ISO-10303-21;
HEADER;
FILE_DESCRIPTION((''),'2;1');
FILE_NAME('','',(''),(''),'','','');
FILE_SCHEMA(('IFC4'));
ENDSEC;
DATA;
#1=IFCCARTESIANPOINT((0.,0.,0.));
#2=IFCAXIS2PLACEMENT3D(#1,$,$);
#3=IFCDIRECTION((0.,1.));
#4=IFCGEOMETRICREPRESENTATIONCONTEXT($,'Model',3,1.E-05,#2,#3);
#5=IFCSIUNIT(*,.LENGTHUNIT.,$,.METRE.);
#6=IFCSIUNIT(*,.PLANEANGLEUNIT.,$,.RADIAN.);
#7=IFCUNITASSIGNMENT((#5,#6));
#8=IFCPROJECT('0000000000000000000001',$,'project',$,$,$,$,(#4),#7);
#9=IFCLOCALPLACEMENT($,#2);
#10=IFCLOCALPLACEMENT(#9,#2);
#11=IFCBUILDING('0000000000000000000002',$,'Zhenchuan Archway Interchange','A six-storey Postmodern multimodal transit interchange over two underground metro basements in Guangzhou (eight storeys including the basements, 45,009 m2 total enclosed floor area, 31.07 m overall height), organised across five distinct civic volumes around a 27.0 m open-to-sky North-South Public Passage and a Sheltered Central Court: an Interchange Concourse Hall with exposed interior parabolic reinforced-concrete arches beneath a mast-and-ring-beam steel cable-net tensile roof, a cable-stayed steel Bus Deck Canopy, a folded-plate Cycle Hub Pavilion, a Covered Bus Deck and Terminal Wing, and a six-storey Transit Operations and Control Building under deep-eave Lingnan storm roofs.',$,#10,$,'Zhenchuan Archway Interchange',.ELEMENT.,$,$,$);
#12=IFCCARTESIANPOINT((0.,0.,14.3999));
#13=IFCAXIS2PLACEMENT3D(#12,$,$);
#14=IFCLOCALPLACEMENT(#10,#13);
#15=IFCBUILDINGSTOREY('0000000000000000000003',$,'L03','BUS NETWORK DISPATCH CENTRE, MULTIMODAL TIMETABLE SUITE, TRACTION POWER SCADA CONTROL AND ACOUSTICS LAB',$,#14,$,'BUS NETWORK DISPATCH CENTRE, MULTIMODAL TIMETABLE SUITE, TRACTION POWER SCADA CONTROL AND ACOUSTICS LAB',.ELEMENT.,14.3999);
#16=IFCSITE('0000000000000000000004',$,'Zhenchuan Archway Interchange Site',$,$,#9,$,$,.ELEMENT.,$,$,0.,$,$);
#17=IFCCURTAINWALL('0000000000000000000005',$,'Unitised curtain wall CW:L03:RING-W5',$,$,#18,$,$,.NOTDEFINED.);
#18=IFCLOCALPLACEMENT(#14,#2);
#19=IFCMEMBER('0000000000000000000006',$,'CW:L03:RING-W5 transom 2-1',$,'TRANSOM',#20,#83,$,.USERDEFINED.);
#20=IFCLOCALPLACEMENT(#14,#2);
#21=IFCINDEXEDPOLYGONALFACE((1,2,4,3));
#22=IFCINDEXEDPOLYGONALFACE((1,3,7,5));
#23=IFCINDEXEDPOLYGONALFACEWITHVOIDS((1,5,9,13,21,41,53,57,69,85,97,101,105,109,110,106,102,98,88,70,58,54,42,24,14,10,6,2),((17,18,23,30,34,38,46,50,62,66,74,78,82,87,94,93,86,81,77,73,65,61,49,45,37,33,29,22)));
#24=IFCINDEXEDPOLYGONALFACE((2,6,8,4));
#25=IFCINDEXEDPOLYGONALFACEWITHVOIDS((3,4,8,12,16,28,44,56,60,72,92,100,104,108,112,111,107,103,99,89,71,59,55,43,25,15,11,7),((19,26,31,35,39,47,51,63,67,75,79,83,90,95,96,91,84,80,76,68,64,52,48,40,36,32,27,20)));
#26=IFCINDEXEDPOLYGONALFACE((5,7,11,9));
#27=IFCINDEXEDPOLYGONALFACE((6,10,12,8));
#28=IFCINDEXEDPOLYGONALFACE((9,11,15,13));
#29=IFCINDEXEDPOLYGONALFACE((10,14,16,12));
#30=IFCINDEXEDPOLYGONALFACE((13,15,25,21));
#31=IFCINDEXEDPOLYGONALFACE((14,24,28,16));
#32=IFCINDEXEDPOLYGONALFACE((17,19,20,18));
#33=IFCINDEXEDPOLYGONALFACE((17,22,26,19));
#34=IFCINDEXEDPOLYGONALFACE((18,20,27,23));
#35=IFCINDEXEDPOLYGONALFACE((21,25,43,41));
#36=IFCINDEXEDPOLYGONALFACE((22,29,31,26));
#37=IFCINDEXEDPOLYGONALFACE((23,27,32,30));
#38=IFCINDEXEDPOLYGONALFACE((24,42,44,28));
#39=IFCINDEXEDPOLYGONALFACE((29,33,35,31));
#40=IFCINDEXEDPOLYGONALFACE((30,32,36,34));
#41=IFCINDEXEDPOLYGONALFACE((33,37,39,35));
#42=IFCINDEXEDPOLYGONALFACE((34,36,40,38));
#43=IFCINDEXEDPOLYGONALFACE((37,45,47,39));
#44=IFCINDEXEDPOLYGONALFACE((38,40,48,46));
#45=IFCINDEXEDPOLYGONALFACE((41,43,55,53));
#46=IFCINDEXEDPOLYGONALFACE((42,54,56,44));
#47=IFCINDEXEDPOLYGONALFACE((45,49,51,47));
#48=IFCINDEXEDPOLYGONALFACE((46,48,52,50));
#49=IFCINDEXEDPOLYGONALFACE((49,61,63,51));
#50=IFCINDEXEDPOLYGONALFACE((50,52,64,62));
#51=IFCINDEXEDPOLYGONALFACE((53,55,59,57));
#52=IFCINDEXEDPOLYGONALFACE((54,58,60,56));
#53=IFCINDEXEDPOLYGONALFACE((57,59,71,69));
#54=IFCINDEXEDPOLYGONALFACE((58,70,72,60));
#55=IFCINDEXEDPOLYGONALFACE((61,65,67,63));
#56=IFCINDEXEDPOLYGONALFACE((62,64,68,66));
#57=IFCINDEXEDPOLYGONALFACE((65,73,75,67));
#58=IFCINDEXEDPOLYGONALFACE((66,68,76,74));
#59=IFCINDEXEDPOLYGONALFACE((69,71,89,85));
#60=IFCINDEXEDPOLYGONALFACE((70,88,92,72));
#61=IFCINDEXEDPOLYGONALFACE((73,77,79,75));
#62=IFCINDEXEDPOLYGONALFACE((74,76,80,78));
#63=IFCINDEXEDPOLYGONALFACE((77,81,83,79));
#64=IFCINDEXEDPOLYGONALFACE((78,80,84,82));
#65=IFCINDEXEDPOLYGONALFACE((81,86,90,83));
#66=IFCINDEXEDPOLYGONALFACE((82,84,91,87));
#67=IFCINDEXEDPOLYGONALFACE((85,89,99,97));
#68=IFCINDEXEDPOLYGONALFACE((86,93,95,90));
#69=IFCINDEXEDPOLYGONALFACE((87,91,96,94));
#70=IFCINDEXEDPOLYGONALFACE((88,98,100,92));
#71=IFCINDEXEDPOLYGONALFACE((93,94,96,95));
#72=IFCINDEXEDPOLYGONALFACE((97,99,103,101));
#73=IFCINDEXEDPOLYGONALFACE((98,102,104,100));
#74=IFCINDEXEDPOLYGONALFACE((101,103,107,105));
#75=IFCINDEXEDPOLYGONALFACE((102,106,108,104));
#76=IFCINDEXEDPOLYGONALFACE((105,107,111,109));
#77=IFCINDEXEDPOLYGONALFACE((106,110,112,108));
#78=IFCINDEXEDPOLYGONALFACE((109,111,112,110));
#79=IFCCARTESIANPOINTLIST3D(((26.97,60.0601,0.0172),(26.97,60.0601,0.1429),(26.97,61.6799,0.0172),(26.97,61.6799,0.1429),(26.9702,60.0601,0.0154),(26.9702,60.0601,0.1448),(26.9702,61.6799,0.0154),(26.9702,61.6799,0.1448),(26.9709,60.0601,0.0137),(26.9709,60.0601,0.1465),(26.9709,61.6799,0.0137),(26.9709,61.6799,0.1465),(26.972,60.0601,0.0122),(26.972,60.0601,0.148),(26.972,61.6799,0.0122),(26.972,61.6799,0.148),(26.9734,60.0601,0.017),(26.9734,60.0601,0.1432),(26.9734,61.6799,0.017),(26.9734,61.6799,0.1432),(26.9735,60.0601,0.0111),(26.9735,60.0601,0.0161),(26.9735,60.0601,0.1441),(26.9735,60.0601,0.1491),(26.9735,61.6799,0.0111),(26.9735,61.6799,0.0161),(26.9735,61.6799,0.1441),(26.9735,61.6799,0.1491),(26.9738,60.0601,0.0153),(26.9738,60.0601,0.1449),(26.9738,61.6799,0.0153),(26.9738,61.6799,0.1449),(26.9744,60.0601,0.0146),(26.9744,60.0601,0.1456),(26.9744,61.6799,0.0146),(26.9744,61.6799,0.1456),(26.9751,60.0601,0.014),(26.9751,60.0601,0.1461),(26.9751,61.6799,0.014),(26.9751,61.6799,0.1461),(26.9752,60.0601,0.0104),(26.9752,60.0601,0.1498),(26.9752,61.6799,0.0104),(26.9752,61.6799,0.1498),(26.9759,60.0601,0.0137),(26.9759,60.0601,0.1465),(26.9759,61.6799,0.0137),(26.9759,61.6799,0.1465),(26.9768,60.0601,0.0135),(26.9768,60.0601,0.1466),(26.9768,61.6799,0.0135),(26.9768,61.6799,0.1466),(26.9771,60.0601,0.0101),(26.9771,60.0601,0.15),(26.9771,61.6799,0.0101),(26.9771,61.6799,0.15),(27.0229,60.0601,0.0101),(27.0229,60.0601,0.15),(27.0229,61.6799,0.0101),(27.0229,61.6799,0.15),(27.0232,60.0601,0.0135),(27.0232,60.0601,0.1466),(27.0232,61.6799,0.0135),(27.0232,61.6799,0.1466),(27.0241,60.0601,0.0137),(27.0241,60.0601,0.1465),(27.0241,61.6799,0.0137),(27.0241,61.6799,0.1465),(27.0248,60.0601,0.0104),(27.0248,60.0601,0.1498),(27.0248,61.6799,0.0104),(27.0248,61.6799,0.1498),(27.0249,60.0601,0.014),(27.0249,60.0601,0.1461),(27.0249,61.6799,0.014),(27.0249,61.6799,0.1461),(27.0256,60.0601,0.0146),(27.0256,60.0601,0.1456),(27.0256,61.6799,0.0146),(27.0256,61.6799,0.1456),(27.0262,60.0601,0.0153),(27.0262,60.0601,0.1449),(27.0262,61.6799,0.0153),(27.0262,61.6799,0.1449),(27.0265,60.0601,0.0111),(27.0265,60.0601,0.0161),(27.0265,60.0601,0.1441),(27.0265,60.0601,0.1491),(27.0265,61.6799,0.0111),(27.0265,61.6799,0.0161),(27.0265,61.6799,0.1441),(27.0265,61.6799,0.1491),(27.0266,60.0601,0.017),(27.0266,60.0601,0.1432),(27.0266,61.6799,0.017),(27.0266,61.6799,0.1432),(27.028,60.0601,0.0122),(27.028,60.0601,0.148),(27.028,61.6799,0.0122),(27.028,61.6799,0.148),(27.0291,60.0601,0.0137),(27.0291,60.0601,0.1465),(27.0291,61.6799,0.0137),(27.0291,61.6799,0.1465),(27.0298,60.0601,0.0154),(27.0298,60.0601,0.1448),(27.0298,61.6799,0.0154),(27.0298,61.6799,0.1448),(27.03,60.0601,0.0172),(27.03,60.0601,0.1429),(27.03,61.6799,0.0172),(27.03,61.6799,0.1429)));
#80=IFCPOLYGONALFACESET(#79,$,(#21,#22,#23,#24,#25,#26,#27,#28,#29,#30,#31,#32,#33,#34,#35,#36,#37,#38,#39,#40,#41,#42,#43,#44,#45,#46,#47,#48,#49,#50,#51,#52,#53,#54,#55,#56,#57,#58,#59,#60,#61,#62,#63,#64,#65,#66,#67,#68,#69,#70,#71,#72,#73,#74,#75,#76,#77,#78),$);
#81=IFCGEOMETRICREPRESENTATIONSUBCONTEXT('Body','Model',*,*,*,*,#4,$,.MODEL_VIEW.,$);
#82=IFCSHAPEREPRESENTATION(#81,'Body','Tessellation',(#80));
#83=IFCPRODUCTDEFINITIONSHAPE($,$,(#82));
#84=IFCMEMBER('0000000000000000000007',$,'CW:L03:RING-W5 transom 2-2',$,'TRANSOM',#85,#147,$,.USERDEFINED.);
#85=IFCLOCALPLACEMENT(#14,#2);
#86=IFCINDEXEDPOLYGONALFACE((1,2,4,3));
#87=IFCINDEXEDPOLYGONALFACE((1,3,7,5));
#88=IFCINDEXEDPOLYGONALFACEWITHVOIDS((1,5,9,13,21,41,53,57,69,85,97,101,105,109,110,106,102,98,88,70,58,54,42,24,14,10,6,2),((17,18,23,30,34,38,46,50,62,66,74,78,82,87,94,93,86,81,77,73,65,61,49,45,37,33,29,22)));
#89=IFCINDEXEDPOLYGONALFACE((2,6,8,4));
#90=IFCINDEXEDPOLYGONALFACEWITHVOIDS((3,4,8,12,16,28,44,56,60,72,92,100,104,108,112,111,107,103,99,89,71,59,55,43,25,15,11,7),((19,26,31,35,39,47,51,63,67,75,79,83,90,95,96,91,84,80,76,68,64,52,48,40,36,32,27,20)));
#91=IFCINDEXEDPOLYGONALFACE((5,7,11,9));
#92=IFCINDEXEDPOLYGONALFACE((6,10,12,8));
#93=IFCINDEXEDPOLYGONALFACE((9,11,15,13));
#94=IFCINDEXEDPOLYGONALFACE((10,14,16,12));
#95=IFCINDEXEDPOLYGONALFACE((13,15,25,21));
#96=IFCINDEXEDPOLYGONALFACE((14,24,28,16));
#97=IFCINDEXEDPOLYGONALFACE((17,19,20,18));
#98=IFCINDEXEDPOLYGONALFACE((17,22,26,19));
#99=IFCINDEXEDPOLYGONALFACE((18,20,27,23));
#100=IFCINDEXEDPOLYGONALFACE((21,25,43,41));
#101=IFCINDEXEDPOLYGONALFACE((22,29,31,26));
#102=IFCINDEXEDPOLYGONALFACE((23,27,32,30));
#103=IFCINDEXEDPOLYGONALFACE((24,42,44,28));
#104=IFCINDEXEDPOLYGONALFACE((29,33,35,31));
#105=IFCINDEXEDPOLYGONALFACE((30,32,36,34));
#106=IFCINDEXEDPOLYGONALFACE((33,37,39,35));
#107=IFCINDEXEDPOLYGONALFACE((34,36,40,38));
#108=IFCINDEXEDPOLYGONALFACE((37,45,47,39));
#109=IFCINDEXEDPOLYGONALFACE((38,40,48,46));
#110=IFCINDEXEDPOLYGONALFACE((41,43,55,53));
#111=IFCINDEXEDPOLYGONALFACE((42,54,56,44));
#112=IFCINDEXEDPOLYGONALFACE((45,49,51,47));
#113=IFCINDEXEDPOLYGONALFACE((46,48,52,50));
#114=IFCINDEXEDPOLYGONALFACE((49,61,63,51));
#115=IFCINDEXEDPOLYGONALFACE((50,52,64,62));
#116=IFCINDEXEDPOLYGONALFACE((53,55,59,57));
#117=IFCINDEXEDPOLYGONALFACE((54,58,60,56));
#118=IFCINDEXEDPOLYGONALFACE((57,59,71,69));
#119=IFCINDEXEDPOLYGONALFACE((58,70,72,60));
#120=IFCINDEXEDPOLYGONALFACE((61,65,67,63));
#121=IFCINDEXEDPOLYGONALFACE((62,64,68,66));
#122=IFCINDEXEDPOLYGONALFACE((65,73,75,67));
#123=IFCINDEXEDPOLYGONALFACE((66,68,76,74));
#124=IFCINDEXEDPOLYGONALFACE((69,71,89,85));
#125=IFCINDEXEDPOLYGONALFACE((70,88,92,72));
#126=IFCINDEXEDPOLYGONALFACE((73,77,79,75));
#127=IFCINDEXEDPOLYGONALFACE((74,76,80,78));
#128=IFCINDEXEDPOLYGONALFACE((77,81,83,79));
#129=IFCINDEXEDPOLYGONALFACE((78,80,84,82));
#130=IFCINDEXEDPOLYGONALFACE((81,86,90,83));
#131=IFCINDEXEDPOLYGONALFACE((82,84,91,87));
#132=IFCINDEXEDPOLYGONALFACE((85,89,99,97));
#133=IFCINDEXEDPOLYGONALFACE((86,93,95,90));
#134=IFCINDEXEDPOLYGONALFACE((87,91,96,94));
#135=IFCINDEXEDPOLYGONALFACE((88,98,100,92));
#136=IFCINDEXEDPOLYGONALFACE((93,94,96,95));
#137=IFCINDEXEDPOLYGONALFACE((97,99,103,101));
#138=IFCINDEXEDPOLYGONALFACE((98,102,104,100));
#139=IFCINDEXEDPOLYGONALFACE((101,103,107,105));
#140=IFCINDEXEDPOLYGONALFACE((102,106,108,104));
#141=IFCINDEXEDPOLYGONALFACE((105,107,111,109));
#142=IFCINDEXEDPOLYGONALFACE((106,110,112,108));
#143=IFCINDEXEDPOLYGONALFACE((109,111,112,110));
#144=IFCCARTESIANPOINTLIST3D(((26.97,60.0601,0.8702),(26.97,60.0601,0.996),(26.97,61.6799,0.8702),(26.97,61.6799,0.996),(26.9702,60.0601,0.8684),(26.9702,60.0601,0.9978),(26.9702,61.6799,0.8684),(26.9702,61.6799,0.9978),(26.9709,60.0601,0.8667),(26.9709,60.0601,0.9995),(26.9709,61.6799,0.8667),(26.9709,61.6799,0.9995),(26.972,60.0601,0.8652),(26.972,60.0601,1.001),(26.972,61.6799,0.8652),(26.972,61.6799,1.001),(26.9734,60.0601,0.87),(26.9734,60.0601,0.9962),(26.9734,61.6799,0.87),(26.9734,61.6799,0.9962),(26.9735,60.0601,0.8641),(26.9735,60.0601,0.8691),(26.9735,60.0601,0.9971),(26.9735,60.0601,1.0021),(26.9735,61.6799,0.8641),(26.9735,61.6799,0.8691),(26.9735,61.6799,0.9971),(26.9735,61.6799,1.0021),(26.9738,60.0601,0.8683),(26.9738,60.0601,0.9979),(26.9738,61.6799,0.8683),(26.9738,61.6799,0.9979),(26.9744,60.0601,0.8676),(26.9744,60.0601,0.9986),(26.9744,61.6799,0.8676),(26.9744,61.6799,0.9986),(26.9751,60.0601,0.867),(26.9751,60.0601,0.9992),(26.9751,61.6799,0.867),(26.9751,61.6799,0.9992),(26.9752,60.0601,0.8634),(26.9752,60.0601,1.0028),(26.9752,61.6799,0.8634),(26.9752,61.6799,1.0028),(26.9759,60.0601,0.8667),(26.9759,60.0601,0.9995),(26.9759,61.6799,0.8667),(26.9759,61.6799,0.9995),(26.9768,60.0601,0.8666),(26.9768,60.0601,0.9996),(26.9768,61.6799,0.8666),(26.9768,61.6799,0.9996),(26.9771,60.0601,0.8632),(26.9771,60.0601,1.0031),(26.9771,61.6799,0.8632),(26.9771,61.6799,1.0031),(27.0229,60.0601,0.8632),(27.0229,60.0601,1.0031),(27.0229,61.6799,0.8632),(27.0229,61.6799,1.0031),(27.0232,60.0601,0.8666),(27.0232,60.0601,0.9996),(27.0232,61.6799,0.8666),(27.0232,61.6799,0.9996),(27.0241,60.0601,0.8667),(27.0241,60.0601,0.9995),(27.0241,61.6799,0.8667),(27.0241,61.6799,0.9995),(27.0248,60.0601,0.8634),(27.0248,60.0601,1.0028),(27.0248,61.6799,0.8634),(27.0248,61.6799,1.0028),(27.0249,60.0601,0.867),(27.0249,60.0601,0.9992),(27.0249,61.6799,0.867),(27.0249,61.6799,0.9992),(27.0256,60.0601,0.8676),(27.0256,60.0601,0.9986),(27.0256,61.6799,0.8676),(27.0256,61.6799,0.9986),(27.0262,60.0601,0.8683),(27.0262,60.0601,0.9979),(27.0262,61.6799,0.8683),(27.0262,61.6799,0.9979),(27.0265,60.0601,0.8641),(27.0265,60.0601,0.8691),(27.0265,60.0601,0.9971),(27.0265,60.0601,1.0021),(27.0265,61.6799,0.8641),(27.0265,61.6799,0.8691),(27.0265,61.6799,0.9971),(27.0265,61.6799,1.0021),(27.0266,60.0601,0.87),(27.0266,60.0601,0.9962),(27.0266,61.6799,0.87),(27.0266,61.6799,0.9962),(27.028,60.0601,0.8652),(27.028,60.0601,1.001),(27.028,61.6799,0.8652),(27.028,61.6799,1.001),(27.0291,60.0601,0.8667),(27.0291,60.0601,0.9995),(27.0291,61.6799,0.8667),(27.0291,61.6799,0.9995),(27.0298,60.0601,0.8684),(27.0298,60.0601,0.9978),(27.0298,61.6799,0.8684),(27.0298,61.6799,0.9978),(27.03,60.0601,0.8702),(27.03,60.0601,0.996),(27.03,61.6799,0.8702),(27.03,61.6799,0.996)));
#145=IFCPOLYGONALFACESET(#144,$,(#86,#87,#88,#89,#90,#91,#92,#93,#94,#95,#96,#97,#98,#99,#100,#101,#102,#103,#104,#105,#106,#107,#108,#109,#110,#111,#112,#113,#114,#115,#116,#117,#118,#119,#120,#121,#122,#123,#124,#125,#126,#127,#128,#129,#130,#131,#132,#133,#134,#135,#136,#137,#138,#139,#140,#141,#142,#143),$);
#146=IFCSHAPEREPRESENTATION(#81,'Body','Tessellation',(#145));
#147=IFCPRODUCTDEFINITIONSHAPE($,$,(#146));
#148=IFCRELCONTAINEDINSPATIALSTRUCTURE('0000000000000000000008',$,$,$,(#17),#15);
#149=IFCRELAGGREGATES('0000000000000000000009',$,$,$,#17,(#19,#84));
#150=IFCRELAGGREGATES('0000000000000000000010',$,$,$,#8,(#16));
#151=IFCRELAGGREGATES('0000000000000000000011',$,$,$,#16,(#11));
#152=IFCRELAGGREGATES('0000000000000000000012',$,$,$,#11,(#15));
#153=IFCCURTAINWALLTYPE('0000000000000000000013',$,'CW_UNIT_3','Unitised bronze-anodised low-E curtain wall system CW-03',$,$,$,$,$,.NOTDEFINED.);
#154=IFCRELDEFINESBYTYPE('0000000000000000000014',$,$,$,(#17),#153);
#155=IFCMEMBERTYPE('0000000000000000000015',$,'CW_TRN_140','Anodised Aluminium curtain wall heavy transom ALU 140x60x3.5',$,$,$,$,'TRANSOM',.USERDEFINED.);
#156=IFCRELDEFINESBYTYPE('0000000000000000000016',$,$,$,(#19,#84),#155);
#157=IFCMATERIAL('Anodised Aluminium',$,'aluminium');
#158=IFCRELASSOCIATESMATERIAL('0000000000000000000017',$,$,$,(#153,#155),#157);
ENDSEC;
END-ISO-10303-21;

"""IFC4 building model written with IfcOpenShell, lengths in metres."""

from ifc_helpers import new_model, si_unit, direction, frame, origin, origin_2d, place, context, subcontext, project, spatial, hollow_rectangle, extrude, material, material_profile, profile_set, type_object, element, aggregate, save


model = new_model("IFC4")

# Units and contexts
model_context = context("Model", 3, precision=1e-05, world=origin(), true_north=direction((0.0, 1.0)))
body_context = subcontext(model_context, "Body", "Model", "MODEL_VIEW")
ifc_project = project(units=[si_unit("LENGTHUNIT", "METRE"), si_unit("PLANEANGLEUNIT", "RADIAN")], contexts=[model_context])

# Site, building, storey
site_placement = place(None, origin())
site = spatial("IfcSite", under=ifc_project, at=site_placement, Name="Zhenchuan Archway Interchange Site", CompositionType="ELEMENT", RefElevation=0.0)
building_placement = place(site_placement, origin())
building = spatial("IfcBuilding", under=site, at=building_placement, Name="Zhenchuan Archway Interchange", Description="A six-storey Postmodern multimodal transit interchange over two underground metro basements in Guangzhou (eight storeys including the basements, 45,009 m2 total enclosed floor area, 31.07 m overall height), organised across five distinct civic volumes around a 27.0 m open-to-sky North-South Public Passage and a Sheltered Central Court: an Interchange Concourse Hall with exposed interior parabolic reinforced-concrete arches beneath a mast-and-ring-beam steel cable-net tensile roof, a cable-stayed steel Bus Deck Canopy, a folded-plate Cycle Hub Pavilion, a Covered Bus Deck and Terminal Wing, and a six-storey Transit Operations and Control Building under deep-eave Lingnan storm roofs.", LongName="Zhenchuan Archway Interchange", CompositionType="ELEMENT")
storey_placement = place(building_placement, frame((0.0, 0.0, 14.3999)))
storey = spatial("IfcBuildingStorey", under=building, at=storey_placement, Name="L03", Description="BUS NETWORK DISPATCH CENTRE, MULTIMODAL TIMETABLE SUITE, TRACTION POWER SCADA CONTROL AND ACOUSTICS LAB", LongName="BUS NETWORK DISPATCH CENTRE, MULTIMODAL TIMETABLE SUITE, TRACTION POWER SCADA CONTROL AND ACOUSTICS LAB", CompositionType="ELEMENT", Elevation=14.3999)

# Curtain wall
ifc_material_1 = material(Name="Anodised Aluminium", Category="aluminium")
curtain_wall_type = type_object("IfcCurtainWallType", Name="CW_UNIT_3", Description="Unitised bronze-anodised low-E curtain wall system CW-03", PredefinedType="NOTDEFINED", material=ifc_material_1)
curtain_wall_1_placement = place(storey_placement, origin())
curtain_wall_1 = element("IfcCurtainWall", 1, at=curtain_wall_1_placement, inside=storey, type_object=curtain_wall_type, Name="Unitised curtain wall CW:L03:RING-W5", PredefinedType="NOTDEFINED")

# Members
ifc_material_profile_1 = material_profile(ifc_material_1, hollow_rectangle(XDim=0.0601, YDim=0.1399, WallThickness=0.0034, InnerFilletRadius=0.0034, OuterFilletRadius=0.0071, at=origin_2d()), Name="ALU 140x60x3.5")
ifc_profile_set_1 = profile_set([ifc_material_profile_1], Name="Anodised Aluminium")
member_type_1 = type_object("IfcMemberType", Name="CW_TRN_140", Description="Anodised Aluminium curtain wall heavy transom ALU 140x60x3.5", ElementType="TRANSOM", PredefinedType="USERDEFINED", material=ifc_profile_set_1)
member_1_placement = place(storey_placement, frame((27.0, 60.0601, 0.0801), z_axis=(0.0, 1.0, 0.0), x_axis=(-1.0, 0.0, 0.0)))
member_1 = element("IfcMember", 2, at=member_1_placement, type_object=member_type_1, Name="CW:L03:RING-W5 transom 2-1", ObjectType="TRANSOM", PredefinedType="USERDEFINED", context=body_context, shape_type="SweptSolid", body=[
    extrude(hollow_rectangle(XDim=0.0601, YDim=0.1399, WallThickness=0.0034, InnerFilletRadius=0.0034, OuterFilletRadius=0.0071, at=origin_2d()), origin(), (0.0, 0.0, 1.0), 1.6199),
])
member_2_placement = place(storey_placement, frame((27.0, 60.0601, 0.9331), z_axis=(0.0, 1.0, 0.0), x_axis=(-1.0, 0.0, 0.0)))
member_2 = element("IfcMember", 3, at=member_2_placement, type_object=member_type_1, Name="CW:L03:RING-W5 transom 2-2", ObjectType="TRANSOM", PredefinedType="USERDEFINED", context=body_context, shape_type="SweptSolid", body=[
    extrude(hollow_rectangle(XDim=0.0601, YDim=0.1399, WallThickness=0.0034, InnerFilletRadius=0.0034, OuterFilletRadius=0.0071, at=origin_2d()), origin(), (0.0, 0.0, 1.0), 1.6199),
])

aggregate(curtain_wall_1, [member_1, member_2])

save(model, "model.ifc")
